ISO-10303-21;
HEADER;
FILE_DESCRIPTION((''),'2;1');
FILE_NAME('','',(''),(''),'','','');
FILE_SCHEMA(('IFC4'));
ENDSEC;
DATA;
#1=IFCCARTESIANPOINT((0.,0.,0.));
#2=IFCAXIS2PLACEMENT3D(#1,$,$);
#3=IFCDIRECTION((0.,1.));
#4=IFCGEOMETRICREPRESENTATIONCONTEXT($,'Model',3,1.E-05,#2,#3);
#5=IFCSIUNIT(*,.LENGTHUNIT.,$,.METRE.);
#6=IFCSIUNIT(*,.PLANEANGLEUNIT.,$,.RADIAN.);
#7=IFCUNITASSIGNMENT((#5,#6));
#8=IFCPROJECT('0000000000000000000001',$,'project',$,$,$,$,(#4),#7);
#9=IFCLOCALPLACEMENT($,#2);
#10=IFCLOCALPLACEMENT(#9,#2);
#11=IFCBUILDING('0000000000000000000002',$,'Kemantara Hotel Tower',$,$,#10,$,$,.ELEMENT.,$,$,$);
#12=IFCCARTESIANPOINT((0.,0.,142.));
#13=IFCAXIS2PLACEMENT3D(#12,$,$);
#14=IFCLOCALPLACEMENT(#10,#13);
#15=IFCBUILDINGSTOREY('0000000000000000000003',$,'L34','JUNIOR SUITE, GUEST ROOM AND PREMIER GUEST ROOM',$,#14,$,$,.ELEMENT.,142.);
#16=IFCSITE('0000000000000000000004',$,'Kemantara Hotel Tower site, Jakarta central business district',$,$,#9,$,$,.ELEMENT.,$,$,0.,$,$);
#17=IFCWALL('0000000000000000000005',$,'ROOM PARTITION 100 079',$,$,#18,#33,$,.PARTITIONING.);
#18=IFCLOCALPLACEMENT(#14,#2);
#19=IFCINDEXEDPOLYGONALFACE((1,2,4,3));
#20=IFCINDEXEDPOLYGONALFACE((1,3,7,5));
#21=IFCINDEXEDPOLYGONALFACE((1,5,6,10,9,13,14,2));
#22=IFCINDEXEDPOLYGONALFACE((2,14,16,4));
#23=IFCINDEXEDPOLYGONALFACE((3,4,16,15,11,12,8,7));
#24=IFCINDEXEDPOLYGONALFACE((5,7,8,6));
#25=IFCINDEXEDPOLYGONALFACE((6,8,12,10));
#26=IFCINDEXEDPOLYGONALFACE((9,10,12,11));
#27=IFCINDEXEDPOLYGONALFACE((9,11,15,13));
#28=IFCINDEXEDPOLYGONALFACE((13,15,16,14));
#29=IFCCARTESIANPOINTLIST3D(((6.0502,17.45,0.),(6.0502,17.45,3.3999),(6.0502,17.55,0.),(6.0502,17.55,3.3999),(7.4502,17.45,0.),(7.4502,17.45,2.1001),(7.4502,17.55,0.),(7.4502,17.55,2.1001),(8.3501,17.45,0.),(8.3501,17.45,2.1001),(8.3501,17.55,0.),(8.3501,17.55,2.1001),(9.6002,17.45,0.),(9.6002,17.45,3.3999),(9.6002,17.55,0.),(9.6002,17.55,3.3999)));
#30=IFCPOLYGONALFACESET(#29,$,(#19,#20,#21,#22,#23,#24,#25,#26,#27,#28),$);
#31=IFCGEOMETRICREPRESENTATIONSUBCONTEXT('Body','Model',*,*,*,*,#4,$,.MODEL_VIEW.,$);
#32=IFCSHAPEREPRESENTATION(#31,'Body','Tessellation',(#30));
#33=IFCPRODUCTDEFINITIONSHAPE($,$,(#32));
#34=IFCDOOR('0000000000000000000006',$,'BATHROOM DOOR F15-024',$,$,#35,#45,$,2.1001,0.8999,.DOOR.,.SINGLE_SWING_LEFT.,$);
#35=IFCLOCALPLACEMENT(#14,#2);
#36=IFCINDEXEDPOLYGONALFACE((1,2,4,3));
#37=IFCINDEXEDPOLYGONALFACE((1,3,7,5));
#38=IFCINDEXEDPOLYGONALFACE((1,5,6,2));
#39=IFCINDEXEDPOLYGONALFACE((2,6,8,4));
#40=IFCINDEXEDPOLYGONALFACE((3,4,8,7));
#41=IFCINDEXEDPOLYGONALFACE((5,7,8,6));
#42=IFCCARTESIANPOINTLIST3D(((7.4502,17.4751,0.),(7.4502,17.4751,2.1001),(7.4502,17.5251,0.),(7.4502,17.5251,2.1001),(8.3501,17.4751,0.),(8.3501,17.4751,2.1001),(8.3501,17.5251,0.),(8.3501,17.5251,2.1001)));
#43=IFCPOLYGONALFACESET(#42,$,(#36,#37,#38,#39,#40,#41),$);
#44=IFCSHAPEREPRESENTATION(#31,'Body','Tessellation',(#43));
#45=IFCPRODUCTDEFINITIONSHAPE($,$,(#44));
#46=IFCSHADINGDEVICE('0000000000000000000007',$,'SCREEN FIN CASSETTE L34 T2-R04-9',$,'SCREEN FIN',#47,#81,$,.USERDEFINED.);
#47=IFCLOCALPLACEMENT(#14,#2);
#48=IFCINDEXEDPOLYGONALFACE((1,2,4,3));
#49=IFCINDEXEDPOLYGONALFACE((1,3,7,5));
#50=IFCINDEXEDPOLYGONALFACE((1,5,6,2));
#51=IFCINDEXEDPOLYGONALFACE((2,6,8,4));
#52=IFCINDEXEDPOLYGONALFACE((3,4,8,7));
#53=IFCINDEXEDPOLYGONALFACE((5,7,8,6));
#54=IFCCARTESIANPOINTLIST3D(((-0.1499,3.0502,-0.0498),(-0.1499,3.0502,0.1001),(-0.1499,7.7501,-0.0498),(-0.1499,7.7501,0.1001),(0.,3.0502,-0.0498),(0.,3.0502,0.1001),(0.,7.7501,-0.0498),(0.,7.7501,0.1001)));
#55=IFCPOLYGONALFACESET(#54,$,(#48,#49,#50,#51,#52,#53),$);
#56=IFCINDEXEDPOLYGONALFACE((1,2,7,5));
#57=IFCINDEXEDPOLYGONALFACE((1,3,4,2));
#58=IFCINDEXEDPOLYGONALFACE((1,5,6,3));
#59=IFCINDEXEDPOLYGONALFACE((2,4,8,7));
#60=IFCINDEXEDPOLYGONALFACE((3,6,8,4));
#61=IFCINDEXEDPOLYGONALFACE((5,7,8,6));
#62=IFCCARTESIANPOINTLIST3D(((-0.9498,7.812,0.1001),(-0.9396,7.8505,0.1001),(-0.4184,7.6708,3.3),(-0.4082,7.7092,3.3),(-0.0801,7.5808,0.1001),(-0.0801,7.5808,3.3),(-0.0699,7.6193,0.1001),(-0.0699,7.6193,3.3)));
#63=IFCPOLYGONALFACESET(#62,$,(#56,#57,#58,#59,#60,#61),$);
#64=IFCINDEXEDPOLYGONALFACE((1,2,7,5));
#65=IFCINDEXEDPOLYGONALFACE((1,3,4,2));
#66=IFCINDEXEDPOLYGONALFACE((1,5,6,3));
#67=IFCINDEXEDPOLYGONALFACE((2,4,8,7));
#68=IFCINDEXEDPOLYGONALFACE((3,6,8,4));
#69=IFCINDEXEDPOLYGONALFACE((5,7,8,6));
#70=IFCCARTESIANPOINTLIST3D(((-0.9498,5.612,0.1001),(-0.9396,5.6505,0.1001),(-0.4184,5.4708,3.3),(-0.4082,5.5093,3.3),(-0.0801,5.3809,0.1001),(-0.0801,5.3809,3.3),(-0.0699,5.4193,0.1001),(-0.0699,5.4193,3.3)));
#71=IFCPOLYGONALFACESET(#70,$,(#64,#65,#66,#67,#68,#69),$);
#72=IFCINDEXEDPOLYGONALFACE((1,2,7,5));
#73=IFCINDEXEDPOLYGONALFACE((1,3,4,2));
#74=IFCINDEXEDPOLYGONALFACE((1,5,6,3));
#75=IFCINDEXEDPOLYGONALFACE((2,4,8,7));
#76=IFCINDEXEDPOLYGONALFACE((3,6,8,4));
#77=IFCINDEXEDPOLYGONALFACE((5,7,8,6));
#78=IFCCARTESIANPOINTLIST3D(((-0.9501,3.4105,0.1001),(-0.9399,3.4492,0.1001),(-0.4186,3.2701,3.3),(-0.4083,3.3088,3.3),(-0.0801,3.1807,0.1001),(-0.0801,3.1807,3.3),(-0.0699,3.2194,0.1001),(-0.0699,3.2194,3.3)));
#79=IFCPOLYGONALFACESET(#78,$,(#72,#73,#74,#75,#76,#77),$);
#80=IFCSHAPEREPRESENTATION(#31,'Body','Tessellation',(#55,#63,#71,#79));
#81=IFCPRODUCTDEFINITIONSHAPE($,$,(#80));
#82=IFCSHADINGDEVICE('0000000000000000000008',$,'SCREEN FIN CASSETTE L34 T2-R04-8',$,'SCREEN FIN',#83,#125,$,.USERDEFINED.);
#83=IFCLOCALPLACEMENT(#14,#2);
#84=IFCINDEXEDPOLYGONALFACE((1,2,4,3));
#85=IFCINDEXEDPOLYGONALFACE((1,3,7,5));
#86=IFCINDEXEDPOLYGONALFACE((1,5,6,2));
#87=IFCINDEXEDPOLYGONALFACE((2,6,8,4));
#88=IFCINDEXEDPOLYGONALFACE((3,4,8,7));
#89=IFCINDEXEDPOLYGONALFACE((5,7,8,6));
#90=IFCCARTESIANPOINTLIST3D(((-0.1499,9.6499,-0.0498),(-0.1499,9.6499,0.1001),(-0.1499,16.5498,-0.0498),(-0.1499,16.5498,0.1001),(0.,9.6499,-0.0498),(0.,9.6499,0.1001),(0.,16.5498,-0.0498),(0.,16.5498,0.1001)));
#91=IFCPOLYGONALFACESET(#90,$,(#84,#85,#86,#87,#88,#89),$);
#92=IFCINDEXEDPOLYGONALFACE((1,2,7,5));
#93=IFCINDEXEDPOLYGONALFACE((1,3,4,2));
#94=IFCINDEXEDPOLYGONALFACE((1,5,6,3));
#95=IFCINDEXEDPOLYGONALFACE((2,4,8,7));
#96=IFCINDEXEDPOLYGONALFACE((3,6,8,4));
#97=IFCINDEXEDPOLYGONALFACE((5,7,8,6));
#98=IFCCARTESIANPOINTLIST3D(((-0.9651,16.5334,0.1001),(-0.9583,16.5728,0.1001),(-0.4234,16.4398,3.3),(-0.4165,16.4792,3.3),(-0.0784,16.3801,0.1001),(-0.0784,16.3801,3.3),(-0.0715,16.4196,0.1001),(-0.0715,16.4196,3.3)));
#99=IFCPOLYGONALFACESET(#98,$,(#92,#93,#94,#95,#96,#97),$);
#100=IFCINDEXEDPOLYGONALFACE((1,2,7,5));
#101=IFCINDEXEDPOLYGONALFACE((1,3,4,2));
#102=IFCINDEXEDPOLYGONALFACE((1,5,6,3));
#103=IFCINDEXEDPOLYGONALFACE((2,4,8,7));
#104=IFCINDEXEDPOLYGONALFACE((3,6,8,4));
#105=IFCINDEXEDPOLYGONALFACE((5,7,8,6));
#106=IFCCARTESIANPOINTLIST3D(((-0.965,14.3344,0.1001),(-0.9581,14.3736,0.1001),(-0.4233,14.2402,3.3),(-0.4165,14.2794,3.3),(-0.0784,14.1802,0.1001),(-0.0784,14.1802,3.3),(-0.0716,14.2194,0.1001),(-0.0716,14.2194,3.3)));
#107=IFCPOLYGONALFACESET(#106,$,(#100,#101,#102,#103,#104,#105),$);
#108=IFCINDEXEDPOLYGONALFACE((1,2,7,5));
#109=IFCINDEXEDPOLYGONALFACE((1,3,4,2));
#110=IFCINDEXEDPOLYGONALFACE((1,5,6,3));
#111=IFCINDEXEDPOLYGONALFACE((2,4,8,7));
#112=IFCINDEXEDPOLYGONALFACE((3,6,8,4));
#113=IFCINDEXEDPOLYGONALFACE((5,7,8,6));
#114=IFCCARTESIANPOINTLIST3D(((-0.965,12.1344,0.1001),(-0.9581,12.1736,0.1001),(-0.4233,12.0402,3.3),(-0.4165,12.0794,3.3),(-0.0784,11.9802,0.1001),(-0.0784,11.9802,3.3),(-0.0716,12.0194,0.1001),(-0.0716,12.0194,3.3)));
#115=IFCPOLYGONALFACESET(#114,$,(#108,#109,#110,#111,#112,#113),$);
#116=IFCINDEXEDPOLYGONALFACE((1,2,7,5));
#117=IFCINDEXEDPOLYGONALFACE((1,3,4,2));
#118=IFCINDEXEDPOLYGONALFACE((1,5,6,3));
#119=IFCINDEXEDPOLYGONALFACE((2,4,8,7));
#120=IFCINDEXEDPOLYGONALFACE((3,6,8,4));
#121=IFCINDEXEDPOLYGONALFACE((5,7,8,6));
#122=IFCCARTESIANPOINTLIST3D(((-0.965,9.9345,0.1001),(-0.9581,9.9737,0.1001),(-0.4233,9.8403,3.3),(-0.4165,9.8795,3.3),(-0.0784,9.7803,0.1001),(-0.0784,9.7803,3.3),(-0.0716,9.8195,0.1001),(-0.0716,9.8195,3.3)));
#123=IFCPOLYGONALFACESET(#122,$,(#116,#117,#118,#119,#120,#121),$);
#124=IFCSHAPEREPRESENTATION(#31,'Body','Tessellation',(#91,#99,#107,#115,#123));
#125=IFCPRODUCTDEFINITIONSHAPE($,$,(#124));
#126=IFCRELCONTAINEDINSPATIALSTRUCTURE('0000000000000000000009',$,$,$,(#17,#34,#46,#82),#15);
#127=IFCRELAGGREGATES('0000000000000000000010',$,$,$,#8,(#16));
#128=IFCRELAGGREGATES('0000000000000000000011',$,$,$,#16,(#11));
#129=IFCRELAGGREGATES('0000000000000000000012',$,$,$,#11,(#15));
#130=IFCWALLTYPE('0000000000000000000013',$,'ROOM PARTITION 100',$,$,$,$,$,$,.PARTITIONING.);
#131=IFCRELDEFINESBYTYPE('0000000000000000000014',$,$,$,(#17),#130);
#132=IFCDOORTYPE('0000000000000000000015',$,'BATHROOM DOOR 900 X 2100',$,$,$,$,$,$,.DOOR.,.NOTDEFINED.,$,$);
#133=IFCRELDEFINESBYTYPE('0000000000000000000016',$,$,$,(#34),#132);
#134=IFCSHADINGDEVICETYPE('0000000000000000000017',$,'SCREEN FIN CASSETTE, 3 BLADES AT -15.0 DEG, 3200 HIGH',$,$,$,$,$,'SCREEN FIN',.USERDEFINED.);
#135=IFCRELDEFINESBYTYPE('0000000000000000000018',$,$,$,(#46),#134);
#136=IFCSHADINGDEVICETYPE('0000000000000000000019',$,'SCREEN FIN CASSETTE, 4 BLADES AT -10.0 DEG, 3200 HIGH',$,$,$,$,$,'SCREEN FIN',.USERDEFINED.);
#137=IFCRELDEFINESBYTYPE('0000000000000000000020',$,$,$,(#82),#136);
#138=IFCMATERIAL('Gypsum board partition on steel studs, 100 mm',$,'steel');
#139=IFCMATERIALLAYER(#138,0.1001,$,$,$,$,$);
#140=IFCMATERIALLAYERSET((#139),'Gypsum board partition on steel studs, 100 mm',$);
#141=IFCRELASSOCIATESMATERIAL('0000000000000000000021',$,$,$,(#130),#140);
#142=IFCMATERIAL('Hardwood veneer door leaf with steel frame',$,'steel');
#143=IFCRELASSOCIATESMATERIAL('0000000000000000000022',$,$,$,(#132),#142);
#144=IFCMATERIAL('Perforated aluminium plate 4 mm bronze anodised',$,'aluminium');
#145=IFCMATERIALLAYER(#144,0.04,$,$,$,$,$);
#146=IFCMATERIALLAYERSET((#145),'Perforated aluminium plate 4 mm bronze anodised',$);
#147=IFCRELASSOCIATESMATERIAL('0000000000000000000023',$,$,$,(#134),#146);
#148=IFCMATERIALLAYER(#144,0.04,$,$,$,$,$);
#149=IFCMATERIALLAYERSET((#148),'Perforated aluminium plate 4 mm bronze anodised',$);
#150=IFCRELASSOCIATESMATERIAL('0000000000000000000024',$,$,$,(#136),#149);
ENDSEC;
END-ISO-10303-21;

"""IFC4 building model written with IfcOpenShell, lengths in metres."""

from ifc_helpers import new_model, si_unit, direction, frame, frame_2d, origin, origin_2d, place, context, subcontext, project, spatial, polyline, rectangle, outline, extrude, source, transform, mapped, material, layer, layer_set, type_object, element, fill, save


model = new_model("IFC4")

# Units and contexts
model_context = context("Model", 3, precision=1e-05, world=origin(), true_north=direction((0.0, 1.0)))
body_context = subcontext(model_context, "Body", "Model", "MODEL_VIEW")
ifc_project = project(units=[si_unit("LENGTHUNIT", "METRE"), si_unit("PLANEANGLEUNIT", "RADIAN")], contexts=[model_context])

# Site, building, storey
site_placement = place(None, origin())
site = spatial("IfcSite", under=ifc_project, at=site_placement, Name="Kemantara Hotel Tower site, Jakarta central business district", CompositionType="ELEMENT", RefElevation=0.0)
building_placement = place(site_placement, origin())
building = spatial("IfcBuilding", under=site, at=building_placement, Name="Kemantara Hotel Tower", CompositionType="ELEMENT")
storey_placement = place(building_placement, frame((0.0, 0.0, 142.0)))
storey = spatial("IfcBuildingStorey", under=building, at=storey_placement, Name="L34", Description="JUNIOR SUITE, GUEST ROOM AND PREMIER GUEST ROOM", CompositionType="ELEMENT", Elevation=142.0)

# Shared definitions
ifc_material_1 = material(Name="Hardwood veneer door leaf with steel frame", Category="steel")

# Shared definitions
ifc_material_2 = material(Name="Gypsum board partition on steel studs, 100 mm", Category="steel")
ifc_layer_1 = layer(ifc_material_2, 0.1001)
ifc_layer_set_1 = layer_set([ifc_layer_1], Name="Gypsum board partition on steel studs, 100 mm")
wall_type_1 = type_object("IfcWallType", Name="ROOM PARTITION 100", PredefinedType="PARTITIONING", material=ifc_layer_set_1)

# Wall, opening, door
wall_1_placement = place(storey_placement, frame((9.6001, 17.5, 0.0), z_axis=(0.0, 0.0, 1.0), x_axis=(-1.0, 0.0, 0.0)))
wall_1 = element("IfcWall", 1, at=wall_1_placement, inside=storey, type_object=wall_type_1, Name="ROOM PARTITION 100 079", PredefinedType="PARTITIONING", context=body_context, shape_type="SweptSolid", body=[
    extrude(rectangle(XDim=3.55, YDim=0.1001, at=frame_2d((1.7749, 0.0))), origin(), (0.0, 0.0, 1.0), 3.3999),
])
opening_1_placement = place(wall_1_placement, frame((1.25, 0.0, 0.0)))
opening_1 = element("IfcOpeningElement", 2, at=opening_1_placement, cuts=wall_1, PredefinedType="OPENING", context=body_context, shape_type="SweptSolid", body=[
    extrude(rectangle(XDim=0.8999, YDim=2.1001, at=frame_2d((0.45, 1.05))), frame((0.0, 0.0601, 0.0), z_axis=(0.0, -1.0, 0.0), x_axis=(1.0, 0.0, 0.0)), (0.0, 0.0, 1.0), 0.1201),
])
door_type_1 = type_object("IfcDoorType", Name="BATHROOM DOOR 900 X 2100", OperationType="NOTDEFINED", PredefinedType="DOOR", material=ifc_material_1)
door_1_placement = place(opening_1_placement, origin())
door_1 = element("IfcDoor", 3, at=door_1_placement, inside=storey, type_object=door_type_1, Name="BATHROOM DOOR F15-024", OperationType="SINGLE_SWING_LEFT", OverallHeight=2.1001, OverallWidth=0.8999, PredefinedType="DOOR", context=body_context, shape_type="SweptSolid", body=[
    extrude(rectangle(XDim=0.8999, YDim=2.1001, at=frame_2d((0.45, 1.05))), frame((0.0, 0.0249, 0.0), z_axis=(0.0, -1.0, 0.0), x_axis=(1.0, 0.0, 0.0)), (0.0, 0.0, 1.0), 0.05),
])
fill(opening_1, door_1)

# Shading devices
ifc_material_3 = material(Name="Perforated aluminium plate 4 mm bronze anodised", Category="aluminium")
ifc_layer_2 = layer(ifc_material_3, 0.04)
ifc_layer_set_2 = layer_set([ifc_layer_2], Name="Perforated aluminium plate 4 mm bronze anodised")
shading_device_type_1 = type_object("IfcShadingDeviceType", Name="SCREEN FIN CASSETTE, 3 BLADES AT -15.0 DEG, 3200 HIGH", ElementType="SCREEN FIN", PredefinedType="USERDEFINED", material=ifc_layer_set_2)
shared_shape_1 = source(origin(), body_context, "Body", "SweptSolid", [
    extrude(rectangle(XDim=4.7, YDim=0.1499, at=origin_2d()), frame((2.2, -0.075, -0.1499), z_axis=(0.0, 0.0, 1.0), x_axis=(1.0, 0.0, 0.0)), (0.0, 0.0, 1.0), 0.1499),
    extrude(outline(polyline([(0.0, 0.0), (0.8999, 0.0), (0.3501, 3.2), (0.0, 3.2), (0.0, 0.0)])), frame((0.0193, -0.0801, 0.0), z_axis=(-0.966438, 0.256901, 0.0), x_axis=(-0.256901, -0.966438, 0.0)), (0.0, 0.0, 1.0), 0.0398),
    extrude(outline(polyline([(0.0, 0.0), (0.8999, 0.0), (0.3501, 3.2), (0.0, 3.2), (0.0, 0.0)])), frame((2.2192, -0.0801, 0.0), z_axis=(-0.966438, 0.256901, 0.0), x_axis=(-0.256901, -0.966438, 0.0)), (0.0, 0.0, 1.0), 0.0398),
    extrude(outline(polyline([(0.0, 0.0), (0.8999, 0.0), (0.3501, 3.2), (0.0, 3.2), (0.0, 0.0)])), frame((4.4194, -0.0801, 0.0), z_axis=(-0.966838, 0.255391, 0.0), x_axis=(-0.255391, -0.966838, 0.0)), (0.0, 0.0, 1.0), 0.04),
])
shading_device_1_placement = place(storey_placement, frame((0.0, 7.6001, 0.1001), z_axis=(0.0, 0.0, 1.0), x_axis=(0.0, -1.0, 0.0)))
element("IfcShadingDevice", 4, at=shading_device_1_placement, inside=storey, type_object=shading_device_type_1, Name="SCREEN FIN CASSETTE L34 T2-R04-9", ObjectType="SCREEN FIN", PredefinedType="USERDEFINED", context=body_context, shape_type="MappedRepresentation", body=[
    mapped(shared_shape_1, transform((0.0, 0.0, 0.0))),
])
ifc_layer_3 = layer(ifc_material_3, 0.04)
ifc_layer_set_3 = layer_set([ifc_layer_3], Name="Perforated aluminium plate 4 mm bronze anodised")
shading_device_type_2 = type_object("IfcShadingDeviceType", Name="SCREEN FIN CASSETTE, 4 BLADES AT -10.0 DEG, 3200 HIGH", ElementType="SCREEN FIN", PredefinedType="USERDEFINED", material=ifc_layer_set_3)
shared_shape_2 = source(origin(), body_context, "Body", "SweptSolid", [
    extrude(rectangle(XDim=6.8999, YDim=0.1499, at=origin_2d()), frame((3.3, -0.075, -0.1499), z_axis=(0.0, 0.0, 1.0), x_axis=(1.0, 0.0, 0.0)), (0.0, 0.0, 1.0), 0.1499),
    extrude(outline(polyline([(0.0, 0.0), (0.8999, 0.0), (0.3501, 3.2), (0.0, 3.2), (0.0, 0.0)])), frame((0.0198, -0.0784, 0.0), z_axis=(-0.98539, 0.170314, 0.0), x_axis=(-0.170314, -0.98539, 0.0)), (0.0, 0.0, 1.0), 0.04),
    extrude(outline(polyline([(0.0, 0.0), (0.8999, 0.0), (0.3501, 3.2), (0.0, 3.2), (0.0, 0.0)])), frame((2.2197, -0.0784, 0.0), z_axis=(-0.985212, 0.171341, 0.0), x_axis=(-0.171341, -0.985212, 0.0)), (0.0, 0.0, 1.0), 0.0398),
    extrude(outline(polyline([(0.0, 0.0), (0.8999, 0.0), (0.3501, 3.2), (0.0, 3.2), (0.0, 0.0)])), frame((4.4197, -0.0784, 0.0), z_axis=(-0.985212, 0.171341, 0.0), x_axis=(-0.171341, -0.985212, 0.0)), (0.0, 0.0, 1.0), 0.0398),
    extrude(outline(polyline([(0.0, 0.0), (0.8999, 0.0), (0.3501, 3.2), (0.0, 3.2), (0.0, 0.0)])), frame((6.6196, -0.0784, 0.0), z_axis=(-0.985212, 0.171341, 0.0), x_axis=(-0.171341, -0.985212, 0.0)), (0.0, 0.0, 1.0), 0.0398),
])
shading_device_2_placement = place(storey_placement, frame((0.0, 16.3999, 0.1001), z_axis=(0.0, 0.0, 1.0), x_axis=(0.0, -1.0, 0.0)))
element("IfcShadingDevice", 5, at=shading_device_2_placement, inside=storey, type_object=shading_device_type_2, Name="SCREEN FIN CASSETTE L34 T2-R04-8", ObjectType="SCREEN FIN", PredefinedType="USERDEFINED", context=body_context, shape_type="MappedRepresentation", body=[
    mapped(shared_shape_2, transform((0.0, 0.0, 0.0))),
])

save(model, "model.ifc")
